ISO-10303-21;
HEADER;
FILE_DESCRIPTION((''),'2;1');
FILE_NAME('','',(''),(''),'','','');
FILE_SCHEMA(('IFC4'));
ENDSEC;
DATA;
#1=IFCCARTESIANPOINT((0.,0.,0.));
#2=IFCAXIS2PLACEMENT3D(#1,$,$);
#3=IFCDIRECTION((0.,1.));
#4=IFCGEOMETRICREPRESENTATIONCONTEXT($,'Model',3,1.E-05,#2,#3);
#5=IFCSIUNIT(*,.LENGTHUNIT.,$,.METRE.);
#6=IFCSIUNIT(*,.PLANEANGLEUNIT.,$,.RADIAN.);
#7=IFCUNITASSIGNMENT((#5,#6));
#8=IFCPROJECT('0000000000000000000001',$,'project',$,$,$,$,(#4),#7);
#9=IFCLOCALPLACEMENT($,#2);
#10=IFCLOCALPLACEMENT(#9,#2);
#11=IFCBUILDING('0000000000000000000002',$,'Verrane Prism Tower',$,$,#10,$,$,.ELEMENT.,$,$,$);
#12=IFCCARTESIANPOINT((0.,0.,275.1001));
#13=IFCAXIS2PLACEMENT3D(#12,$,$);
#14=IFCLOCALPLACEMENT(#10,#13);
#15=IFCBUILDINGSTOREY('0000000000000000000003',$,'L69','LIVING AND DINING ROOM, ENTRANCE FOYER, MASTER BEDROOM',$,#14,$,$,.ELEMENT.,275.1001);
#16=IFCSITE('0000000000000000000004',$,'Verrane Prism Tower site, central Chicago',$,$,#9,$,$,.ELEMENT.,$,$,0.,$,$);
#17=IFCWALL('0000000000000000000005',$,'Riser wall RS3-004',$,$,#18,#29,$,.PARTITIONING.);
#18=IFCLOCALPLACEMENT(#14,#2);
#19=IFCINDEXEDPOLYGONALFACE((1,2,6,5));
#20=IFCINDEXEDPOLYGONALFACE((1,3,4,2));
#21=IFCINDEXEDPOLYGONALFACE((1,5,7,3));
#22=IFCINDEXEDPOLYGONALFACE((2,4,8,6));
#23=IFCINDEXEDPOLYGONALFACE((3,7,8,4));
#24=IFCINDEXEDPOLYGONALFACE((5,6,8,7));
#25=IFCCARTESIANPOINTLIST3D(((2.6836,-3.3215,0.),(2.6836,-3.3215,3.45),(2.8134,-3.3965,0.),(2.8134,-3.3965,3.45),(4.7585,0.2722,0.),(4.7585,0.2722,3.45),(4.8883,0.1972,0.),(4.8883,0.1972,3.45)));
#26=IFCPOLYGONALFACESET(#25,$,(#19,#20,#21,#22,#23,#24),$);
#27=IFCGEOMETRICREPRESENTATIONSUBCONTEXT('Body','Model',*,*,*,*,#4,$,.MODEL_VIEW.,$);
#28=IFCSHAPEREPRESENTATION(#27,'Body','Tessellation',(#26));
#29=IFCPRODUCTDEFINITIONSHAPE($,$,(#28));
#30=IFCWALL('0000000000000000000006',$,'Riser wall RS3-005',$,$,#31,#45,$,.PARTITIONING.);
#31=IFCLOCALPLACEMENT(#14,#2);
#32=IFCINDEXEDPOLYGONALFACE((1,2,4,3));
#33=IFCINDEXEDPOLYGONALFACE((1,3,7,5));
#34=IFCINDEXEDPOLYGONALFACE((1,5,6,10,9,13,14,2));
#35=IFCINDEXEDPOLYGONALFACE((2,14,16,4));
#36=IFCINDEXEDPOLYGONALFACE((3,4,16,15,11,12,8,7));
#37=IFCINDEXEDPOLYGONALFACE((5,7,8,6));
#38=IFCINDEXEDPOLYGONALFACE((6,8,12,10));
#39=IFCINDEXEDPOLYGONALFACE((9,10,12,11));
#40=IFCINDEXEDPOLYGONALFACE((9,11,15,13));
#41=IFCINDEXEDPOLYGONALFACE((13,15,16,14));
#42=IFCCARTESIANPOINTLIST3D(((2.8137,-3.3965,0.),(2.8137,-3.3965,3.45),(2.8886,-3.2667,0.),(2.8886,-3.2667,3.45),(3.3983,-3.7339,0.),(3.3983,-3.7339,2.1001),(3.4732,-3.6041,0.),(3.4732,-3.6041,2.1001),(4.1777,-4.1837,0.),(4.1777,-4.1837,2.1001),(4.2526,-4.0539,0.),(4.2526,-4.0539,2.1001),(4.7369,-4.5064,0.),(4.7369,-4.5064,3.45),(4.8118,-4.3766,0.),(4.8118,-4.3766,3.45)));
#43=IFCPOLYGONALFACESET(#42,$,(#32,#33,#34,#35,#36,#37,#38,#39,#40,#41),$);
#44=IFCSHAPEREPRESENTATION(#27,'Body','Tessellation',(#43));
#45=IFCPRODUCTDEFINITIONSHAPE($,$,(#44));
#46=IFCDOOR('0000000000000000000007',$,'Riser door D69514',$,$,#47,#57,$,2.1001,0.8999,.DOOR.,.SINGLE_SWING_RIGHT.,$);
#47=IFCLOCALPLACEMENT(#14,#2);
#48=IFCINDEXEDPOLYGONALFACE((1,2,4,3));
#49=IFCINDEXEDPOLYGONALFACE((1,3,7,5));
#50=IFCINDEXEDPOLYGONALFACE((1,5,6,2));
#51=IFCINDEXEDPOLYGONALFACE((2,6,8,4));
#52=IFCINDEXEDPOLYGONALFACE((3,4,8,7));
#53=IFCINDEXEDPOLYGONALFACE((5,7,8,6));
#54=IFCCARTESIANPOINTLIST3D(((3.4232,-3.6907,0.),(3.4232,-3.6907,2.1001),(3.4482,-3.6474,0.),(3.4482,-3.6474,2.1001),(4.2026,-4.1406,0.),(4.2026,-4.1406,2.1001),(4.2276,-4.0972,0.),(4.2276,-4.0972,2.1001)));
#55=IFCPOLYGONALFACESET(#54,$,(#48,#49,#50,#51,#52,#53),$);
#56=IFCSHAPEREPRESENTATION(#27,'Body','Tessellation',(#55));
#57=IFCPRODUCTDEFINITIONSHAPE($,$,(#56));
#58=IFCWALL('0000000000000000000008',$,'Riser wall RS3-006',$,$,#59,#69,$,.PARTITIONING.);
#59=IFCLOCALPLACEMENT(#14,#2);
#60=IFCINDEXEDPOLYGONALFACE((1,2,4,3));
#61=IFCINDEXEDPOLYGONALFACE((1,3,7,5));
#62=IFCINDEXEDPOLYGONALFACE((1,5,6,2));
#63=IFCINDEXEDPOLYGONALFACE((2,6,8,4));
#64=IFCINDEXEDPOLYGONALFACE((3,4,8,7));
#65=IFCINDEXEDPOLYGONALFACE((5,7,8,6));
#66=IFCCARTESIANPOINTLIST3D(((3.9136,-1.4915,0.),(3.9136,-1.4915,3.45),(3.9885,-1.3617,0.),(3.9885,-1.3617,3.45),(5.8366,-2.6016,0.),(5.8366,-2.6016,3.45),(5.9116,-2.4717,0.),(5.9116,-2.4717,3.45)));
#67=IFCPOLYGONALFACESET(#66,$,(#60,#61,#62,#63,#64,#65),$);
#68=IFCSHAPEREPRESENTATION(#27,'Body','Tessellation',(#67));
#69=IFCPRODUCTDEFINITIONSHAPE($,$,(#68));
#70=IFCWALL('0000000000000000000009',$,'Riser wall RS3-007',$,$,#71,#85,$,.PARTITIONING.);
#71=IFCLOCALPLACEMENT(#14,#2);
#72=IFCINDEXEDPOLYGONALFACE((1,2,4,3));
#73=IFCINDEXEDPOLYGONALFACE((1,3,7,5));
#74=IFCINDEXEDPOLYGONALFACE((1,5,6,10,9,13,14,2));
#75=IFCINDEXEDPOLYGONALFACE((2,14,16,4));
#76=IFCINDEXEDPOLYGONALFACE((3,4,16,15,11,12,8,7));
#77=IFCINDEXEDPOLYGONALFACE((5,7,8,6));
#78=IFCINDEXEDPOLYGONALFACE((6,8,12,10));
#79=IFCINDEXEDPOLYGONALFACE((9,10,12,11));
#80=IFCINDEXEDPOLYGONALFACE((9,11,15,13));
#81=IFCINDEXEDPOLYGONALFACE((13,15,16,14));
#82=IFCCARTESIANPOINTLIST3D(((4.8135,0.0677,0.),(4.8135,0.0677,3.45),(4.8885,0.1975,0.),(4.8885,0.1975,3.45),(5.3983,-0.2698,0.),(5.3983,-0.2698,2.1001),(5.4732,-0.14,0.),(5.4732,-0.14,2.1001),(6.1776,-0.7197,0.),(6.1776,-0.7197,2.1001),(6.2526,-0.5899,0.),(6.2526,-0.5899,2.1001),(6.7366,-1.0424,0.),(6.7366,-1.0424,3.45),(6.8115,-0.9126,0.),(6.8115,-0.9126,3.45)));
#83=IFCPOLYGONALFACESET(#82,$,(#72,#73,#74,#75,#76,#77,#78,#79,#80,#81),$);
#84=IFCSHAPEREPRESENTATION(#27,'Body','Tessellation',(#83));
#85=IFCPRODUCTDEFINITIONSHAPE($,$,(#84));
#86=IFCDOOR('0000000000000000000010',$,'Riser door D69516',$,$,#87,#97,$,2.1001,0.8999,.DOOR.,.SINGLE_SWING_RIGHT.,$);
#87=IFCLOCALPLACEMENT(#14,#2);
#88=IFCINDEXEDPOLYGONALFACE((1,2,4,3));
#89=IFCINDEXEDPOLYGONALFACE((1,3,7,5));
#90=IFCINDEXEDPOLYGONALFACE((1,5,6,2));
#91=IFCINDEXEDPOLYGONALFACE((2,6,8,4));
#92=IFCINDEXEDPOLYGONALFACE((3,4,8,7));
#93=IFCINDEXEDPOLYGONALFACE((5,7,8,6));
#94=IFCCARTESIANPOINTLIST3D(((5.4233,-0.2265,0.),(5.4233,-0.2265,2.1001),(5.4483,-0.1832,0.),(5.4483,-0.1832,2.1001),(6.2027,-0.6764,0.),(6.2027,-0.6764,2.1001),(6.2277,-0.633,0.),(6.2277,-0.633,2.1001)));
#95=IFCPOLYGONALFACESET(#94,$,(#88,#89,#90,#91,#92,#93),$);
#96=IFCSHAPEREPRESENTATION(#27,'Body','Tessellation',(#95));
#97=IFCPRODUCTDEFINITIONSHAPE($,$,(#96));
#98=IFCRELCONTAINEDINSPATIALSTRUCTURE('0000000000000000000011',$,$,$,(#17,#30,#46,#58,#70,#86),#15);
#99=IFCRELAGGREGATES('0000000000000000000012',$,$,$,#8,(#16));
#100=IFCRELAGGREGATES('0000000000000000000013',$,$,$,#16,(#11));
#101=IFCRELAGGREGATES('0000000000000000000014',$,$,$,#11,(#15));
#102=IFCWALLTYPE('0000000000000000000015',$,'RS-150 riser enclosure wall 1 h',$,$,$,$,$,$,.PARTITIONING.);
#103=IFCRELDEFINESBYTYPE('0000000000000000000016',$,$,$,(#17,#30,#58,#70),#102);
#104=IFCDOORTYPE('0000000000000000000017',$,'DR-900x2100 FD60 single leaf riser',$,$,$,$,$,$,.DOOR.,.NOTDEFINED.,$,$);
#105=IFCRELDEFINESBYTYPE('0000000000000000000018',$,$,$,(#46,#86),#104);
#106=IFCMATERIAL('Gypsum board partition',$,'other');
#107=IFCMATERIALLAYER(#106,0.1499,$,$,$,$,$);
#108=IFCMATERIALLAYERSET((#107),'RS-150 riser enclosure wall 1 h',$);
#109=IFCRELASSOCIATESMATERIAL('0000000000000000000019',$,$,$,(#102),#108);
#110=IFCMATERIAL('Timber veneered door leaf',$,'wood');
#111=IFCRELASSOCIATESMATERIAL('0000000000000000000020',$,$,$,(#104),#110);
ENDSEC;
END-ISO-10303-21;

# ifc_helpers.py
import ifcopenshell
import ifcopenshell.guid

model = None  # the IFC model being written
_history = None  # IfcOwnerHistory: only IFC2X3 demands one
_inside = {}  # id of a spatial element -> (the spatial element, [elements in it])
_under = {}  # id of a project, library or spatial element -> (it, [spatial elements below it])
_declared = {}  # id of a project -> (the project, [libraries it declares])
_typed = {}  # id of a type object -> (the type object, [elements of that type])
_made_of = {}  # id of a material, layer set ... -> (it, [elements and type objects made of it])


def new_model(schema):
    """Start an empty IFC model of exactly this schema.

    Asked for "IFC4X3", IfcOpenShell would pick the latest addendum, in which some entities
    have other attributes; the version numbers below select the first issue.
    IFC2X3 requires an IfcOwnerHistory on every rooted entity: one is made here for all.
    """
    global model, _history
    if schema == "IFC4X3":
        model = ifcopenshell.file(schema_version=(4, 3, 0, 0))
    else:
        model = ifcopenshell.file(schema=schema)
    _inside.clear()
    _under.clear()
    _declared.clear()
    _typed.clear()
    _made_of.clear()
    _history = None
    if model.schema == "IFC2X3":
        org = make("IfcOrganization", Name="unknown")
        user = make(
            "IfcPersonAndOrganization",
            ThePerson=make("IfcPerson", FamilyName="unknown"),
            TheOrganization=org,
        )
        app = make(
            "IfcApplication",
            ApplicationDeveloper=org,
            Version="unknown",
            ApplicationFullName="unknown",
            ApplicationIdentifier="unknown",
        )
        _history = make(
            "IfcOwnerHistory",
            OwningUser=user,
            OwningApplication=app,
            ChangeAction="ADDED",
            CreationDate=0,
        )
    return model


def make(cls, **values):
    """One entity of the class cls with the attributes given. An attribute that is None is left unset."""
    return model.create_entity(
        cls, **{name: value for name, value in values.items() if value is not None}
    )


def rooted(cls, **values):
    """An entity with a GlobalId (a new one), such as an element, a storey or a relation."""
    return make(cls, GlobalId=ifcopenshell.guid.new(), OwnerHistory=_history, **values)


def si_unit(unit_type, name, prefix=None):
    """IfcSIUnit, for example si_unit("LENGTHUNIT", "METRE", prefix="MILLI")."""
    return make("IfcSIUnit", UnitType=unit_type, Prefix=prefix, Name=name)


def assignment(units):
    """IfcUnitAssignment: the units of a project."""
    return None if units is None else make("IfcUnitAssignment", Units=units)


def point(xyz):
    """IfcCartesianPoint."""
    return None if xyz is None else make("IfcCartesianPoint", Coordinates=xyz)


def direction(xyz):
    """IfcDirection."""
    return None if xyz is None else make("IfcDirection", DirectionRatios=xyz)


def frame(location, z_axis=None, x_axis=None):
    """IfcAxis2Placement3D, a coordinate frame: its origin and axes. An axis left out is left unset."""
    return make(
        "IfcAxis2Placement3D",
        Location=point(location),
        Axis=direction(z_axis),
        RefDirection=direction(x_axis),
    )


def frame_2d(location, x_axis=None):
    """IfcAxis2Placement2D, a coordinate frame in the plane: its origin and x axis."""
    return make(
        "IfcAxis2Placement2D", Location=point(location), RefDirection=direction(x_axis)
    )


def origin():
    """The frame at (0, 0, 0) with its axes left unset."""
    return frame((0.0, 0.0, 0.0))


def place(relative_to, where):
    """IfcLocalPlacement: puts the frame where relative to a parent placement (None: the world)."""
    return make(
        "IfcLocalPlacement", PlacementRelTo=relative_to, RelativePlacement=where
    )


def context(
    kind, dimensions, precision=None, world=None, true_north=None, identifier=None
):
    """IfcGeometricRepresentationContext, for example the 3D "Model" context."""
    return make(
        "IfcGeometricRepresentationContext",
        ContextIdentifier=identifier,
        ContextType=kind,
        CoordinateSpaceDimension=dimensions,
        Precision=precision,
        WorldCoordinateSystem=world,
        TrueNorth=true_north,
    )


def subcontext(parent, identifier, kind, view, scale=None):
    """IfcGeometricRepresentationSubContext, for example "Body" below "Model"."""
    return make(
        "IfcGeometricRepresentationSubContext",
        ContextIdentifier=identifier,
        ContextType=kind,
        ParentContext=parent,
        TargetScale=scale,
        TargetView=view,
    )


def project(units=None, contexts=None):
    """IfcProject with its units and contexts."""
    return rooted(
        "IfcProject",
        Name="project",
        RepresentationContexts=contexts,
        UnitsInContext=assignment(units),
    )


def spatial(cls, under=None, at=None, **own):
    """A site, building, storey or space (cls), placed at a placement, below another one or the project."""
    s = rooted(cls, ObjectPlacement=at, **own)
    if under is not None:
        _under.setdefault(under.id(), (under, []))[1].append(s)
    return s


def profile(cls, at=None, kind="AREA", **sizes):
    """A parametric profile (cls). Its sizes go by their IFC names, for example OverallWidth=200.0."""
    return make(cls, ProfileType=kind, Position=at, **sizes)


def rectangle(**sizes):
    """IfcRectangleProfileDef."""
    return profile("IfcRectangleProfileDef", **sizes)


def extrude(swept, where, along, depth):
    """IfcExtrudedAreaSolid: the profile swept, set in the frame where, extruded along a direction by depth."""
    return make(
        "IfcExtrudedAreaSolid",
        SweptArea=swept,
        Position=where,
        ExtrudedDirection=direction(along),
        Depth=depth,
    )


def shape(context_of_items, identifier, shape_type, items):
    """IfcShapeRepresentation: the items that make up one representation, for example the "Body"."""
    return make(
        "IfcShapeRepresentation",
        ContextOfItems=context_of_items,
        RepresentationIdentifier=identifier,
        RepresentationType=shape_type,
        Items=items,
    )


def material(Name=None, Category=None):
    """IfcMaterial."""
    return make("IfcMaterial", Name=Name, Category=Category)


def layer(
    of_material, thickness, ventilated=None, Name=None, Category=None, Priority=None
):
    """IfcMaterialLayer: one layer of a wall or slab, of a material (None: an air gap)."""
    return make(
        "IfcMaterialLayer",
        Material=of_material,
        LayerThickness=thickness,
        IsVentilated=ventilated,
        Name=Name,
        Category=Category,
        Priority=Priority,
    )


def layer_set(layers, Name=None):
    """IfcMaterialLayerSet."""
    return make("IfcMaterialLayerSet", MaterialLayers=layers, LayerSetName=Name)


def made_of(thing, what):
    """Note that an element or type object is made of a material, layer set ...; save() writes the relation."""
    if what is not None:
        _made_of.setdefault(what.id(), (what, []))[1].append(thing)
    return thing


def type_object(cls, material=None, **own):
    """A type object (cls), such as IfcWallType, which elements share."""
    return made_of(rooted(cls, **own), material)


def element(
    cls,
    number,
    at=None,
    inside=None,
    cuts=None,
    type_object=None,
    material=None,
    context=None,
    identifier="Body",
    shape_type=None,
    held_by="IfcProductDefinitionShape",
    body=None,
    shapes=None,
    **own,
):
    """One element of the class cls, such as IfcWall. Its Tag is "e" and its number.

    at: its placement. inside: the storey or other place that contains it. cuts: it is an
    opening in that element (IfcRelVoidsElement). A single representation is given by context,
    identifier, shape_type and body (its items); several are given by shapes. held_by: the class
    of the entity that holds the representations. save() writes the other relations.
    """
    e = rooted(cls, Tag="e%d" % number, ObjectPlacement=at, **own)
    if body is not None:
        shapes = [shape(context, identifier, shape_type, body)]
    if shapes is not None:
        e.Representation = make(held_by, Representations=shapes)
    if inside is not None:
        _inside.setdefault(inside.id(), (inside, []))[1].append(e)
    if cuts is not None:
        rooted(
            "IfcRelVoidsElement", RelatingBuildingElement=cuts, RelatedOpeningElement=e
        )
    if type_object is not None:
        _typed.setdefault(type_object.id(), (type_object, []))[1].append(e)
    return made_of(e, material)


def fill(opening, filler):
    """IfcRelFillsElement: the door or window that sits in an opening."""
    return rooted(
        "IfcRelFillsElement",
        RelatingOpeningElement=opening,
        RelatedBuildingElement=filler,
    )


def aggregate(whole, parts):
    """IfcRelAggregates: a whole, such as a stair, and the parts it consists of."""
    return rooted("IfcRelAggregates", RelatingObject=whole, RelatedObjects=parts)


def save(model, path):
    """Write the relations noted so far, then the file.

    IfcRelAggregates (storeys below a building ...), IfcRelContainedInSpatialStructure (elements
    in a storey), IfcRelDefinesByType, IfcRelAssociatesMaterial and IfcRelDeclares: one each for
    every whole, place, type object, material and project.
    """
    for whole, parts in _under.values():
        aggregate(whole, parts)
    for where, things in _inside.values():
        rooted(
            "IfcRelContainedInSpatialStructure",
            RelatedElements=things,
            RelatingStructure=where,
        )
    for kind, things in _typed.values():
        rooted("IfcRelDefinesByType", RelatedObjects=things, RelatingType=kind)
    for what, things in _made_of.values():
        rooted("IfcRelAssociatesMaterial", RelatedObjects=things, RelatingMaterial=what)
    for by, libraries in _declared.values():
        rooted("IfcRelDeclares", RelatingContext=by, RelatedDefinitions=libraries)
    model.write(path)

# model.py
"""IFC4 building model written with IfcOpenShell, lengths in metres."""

from ifc_helpers import new_model, si_unit, direction, frame, frame_2d, origin, place, context, subcontext, project, spatial, rectangle, extrude, material, layer, layer_set, type_object, element, fill, save


model = new_model("IFC4")

# Units and contexts
model_context = context("Model", 3, precision=1e-05, world=origin(), true_north=direction((0.0, 1.0)))
body_context = subcontext(model_context, "Body", "Model", "MODEL_VIEW")
ifc_project = project(units=[si_unit("LENGTHUNIT", "METRE"), si_unit("PLANEANGLEUNIT", "RADIAN")], contexts=[model_context])

# Site, building, storey
site_placement = place(None, origin())
site = spatial("IfcSite", under=ifc_project, at=site_placement, Name="Verrane Prism Tower site, central Chicago", CompositionType="ELEMENT", RefElevation=0.0)
building_placement = place(site_placement, origin())
building = spatial("IfcBuilding", under=site, at=building_placement, Name="Verrane Prism Tower", CompositionType="ELEMENT")
storey_placement = place(building_placement, frame((0.0, 0.0, 275.1001)))
storey = spatial("IfcBuildingStorey", under=building, at=storey_placement, Name="L69", Description="LIVING AND DINING ROOM, ENTRANCE FOYER, MASTER BEDROOM", CompositionType="ELEMENT", Elevation=275.1001)

# Wall
ifc_material_1 = material(Name="Gypsum board partition", Category="other")
ifc_layer_1 = layer(ifc_material_1, 0.1499)
ifc_layer_set_1 = layer_set([ifc_layer_1], Name="RS-150 riser enclosure wall 1 h")
wall_type_1 = type_object("IfcWallType", Name="RS-150 riser enclosure wall 1 h", PredefinedType="PARTITIONING", material=ifc_layer_set_1)
wall_1_placement = place(storey_placement, frame((2.7485, -3.3589, 0.0), z_axis=(0.0, 0.0, 1.0), x_axis=(0.500018, 0.866015, 0.0)))
element("IfcWall", 1, at=wall_1_placement, inside=storey, type_object=wall_type_1, Name="Riser wall RS3-004", PredefinedType="PARTITIONING", context=body_context, shape_type="SweptSolid", body=[
    extrude(rectangle(XDim=4.1497, YDim=0.1499, at=frame_2d((2.0747, 0.0))), origin(), (0.0, 0.0, 1.0), 3.45),
])

# Wall, opening, door
wall_2_placement = place(storey_placement, frame((2.8511, -3.3315, 0.0), z_axis=(0.0, 0.0, 1.0), x_axis=(0.866111, -0.499853, 0.0)))
wall_2 = element("IfcWall", 2, at=wall_2_placement, inside=storey, type_object=wall_type_1, Name="Riser wall RS3-005", PredefinedType="PARTITIONING", context=body_context, shape_type="SweptSolid", body=[
    extrude(rectangle(XDim=2.2205, YDim=0.1499, at=frame_2d((1.1104, 0.0))), origin(), (0.0, 0.0, 1.0), 3.45),
])
opening_1_placement = place(wall_2_placement, frame((0.675, 0.0, 0.0)))
opening_1 = element("IfcOpeningElement", 3, at=opening_1_placement, cuts=wall_2, PredefinedType="OPENING", context=body_context, shape_type="SweptSolid", body=[
    extrude(rectangle(XDim=0.8999, YDim=2.1001, at=frame_2d((0.45, 1.05))), frame((0.0, 0.085, 0.0), z_axis=(0.0, -1.0, 0.0), x_axis=(1.0, 0.0, 0.0)), (0.0, 0.0, 1.0), 0.1699),
])
ifc_material_2 = material(Name="Timber veneered door leaf", Category="wood")
door_type_1 = type_object("IfcDoorType", Name="DR-900x2100 FD60 single leaf riser", OperationType="NOTDEFINED", PredefinedType="DOOR", material=ifc_material_2)
door_1_placement = place(opening_1_placement, origin())
door_1 = element("IfcDoor", 4, at=door_1_placement, inside=storey, type_object=door_type_1, Name="Riser door D69514", OperationType="SINGLE_SWING_RIGHT", OverallHeight=2.1001, OverallWidth=0.8999, PredefinedType="DOOR", context=body_context, shape_type="SweptSolid", body=[
    extrude(rectangle(XDim=0.8999, YDim=2.1001, at=frame_2d((0.45, 1.05))), frame((0.0, 0.0249, 0.0), z_axis=(0.0, -1.0, 0.0), x_axis=(1.0, 0.0, 0.0)), (0.0, 0.0, 1.0), 0.05),
])
fill(opening_1, door_1)

# Wall
wall_3_placement = place(storey_placement, frame((3.9509, -1.4265, 0.0), z_axis=(0.0, 0.0, 1.0), x_axis=(0.866063, -0.499935, 0.0)))
element("IfcWall", 5, at=wall_3_placement, inside=storey, type_object=wall_type_1, Name="Riser wall RS3-006", PredefinedType="PARTITIONING", context=body_context, shape_type="SweptSolid", body=[
    extrude(rectangle(XDim=2.2205, YDim=0.1499, at=frame_2d((1.1104, 0.0))), origin(), (0.0, 0.0, 1.0), 3.45),
])

# Wall, opening, door
wall_4_placement = place(storey_placement, frame((6.7742, -0.9775, 0.0), z_axis=(0.0, 0.0, 1.0), x_axis=(-0.866063, 0.499935, 0.0)))
wall_4 = element("IfcWall", 6, at=wall_4_placement, inside=storey, type_object=wall_type_1, Name="Riser wall RS3-007", PredefinedType="PARTITIONING", context=body_context, shape_type="SweptSolid", body=[
    extrude(rectangle(XDim=2.2205, YDim=0.1499, at=frame_2d((1.1104, 0.0))), origin(), (0.0, 0.0, 1.0), 3.45),
])
opening_2_placement = place(wall_4_placement, frame((0.6455, 0.0, 0.0)))
opening_2 = element("IfcOpeningElement", 7, at=opening_2_placement, cuts=wall_4, PredefinedType="OPENING", context=body_context, shape_type="SweptSolid", body=[
    extrude(rectangle(XDim=0.8999, YDim=2.1001, at=frame_2d((0.45, 1.05))), frame((0.0, 0.085, 0.0), z_axis=(0.0, -1.0, 0.0), x_axis=(1.0, 0.0, 0.0)), (0.0, 0.0, 1.0), 0.1699),
])
door_2_placement = place(opening_2_placement, origin())
door_2 = element("IfcDoor", 8, at=door_2_placement, inside=storey, type_object=door_type_1, Name="Riser door D69516", OperationType="SINGLE_SWING_RIGHT", OverallHeight=2.1001, OverallWidth=0.8999, PredefinedType="DOOR", context=body_context, shape_type="SweptSolid", body=[
    extrude(rectangle(XDim=0.8999, YDim=2.1001, at=frame_2d((0.45, 1.05))), frame((0.0, 0.0249, 0.0), z_axis=(0.0, -1.0, 0.0), x_axis=(1.0, 0.0, 0.0)), (0.0, 0.0, 1.0), 0.05),
])
fill(opening_2, door_2)

save(model, "model.ifc")
